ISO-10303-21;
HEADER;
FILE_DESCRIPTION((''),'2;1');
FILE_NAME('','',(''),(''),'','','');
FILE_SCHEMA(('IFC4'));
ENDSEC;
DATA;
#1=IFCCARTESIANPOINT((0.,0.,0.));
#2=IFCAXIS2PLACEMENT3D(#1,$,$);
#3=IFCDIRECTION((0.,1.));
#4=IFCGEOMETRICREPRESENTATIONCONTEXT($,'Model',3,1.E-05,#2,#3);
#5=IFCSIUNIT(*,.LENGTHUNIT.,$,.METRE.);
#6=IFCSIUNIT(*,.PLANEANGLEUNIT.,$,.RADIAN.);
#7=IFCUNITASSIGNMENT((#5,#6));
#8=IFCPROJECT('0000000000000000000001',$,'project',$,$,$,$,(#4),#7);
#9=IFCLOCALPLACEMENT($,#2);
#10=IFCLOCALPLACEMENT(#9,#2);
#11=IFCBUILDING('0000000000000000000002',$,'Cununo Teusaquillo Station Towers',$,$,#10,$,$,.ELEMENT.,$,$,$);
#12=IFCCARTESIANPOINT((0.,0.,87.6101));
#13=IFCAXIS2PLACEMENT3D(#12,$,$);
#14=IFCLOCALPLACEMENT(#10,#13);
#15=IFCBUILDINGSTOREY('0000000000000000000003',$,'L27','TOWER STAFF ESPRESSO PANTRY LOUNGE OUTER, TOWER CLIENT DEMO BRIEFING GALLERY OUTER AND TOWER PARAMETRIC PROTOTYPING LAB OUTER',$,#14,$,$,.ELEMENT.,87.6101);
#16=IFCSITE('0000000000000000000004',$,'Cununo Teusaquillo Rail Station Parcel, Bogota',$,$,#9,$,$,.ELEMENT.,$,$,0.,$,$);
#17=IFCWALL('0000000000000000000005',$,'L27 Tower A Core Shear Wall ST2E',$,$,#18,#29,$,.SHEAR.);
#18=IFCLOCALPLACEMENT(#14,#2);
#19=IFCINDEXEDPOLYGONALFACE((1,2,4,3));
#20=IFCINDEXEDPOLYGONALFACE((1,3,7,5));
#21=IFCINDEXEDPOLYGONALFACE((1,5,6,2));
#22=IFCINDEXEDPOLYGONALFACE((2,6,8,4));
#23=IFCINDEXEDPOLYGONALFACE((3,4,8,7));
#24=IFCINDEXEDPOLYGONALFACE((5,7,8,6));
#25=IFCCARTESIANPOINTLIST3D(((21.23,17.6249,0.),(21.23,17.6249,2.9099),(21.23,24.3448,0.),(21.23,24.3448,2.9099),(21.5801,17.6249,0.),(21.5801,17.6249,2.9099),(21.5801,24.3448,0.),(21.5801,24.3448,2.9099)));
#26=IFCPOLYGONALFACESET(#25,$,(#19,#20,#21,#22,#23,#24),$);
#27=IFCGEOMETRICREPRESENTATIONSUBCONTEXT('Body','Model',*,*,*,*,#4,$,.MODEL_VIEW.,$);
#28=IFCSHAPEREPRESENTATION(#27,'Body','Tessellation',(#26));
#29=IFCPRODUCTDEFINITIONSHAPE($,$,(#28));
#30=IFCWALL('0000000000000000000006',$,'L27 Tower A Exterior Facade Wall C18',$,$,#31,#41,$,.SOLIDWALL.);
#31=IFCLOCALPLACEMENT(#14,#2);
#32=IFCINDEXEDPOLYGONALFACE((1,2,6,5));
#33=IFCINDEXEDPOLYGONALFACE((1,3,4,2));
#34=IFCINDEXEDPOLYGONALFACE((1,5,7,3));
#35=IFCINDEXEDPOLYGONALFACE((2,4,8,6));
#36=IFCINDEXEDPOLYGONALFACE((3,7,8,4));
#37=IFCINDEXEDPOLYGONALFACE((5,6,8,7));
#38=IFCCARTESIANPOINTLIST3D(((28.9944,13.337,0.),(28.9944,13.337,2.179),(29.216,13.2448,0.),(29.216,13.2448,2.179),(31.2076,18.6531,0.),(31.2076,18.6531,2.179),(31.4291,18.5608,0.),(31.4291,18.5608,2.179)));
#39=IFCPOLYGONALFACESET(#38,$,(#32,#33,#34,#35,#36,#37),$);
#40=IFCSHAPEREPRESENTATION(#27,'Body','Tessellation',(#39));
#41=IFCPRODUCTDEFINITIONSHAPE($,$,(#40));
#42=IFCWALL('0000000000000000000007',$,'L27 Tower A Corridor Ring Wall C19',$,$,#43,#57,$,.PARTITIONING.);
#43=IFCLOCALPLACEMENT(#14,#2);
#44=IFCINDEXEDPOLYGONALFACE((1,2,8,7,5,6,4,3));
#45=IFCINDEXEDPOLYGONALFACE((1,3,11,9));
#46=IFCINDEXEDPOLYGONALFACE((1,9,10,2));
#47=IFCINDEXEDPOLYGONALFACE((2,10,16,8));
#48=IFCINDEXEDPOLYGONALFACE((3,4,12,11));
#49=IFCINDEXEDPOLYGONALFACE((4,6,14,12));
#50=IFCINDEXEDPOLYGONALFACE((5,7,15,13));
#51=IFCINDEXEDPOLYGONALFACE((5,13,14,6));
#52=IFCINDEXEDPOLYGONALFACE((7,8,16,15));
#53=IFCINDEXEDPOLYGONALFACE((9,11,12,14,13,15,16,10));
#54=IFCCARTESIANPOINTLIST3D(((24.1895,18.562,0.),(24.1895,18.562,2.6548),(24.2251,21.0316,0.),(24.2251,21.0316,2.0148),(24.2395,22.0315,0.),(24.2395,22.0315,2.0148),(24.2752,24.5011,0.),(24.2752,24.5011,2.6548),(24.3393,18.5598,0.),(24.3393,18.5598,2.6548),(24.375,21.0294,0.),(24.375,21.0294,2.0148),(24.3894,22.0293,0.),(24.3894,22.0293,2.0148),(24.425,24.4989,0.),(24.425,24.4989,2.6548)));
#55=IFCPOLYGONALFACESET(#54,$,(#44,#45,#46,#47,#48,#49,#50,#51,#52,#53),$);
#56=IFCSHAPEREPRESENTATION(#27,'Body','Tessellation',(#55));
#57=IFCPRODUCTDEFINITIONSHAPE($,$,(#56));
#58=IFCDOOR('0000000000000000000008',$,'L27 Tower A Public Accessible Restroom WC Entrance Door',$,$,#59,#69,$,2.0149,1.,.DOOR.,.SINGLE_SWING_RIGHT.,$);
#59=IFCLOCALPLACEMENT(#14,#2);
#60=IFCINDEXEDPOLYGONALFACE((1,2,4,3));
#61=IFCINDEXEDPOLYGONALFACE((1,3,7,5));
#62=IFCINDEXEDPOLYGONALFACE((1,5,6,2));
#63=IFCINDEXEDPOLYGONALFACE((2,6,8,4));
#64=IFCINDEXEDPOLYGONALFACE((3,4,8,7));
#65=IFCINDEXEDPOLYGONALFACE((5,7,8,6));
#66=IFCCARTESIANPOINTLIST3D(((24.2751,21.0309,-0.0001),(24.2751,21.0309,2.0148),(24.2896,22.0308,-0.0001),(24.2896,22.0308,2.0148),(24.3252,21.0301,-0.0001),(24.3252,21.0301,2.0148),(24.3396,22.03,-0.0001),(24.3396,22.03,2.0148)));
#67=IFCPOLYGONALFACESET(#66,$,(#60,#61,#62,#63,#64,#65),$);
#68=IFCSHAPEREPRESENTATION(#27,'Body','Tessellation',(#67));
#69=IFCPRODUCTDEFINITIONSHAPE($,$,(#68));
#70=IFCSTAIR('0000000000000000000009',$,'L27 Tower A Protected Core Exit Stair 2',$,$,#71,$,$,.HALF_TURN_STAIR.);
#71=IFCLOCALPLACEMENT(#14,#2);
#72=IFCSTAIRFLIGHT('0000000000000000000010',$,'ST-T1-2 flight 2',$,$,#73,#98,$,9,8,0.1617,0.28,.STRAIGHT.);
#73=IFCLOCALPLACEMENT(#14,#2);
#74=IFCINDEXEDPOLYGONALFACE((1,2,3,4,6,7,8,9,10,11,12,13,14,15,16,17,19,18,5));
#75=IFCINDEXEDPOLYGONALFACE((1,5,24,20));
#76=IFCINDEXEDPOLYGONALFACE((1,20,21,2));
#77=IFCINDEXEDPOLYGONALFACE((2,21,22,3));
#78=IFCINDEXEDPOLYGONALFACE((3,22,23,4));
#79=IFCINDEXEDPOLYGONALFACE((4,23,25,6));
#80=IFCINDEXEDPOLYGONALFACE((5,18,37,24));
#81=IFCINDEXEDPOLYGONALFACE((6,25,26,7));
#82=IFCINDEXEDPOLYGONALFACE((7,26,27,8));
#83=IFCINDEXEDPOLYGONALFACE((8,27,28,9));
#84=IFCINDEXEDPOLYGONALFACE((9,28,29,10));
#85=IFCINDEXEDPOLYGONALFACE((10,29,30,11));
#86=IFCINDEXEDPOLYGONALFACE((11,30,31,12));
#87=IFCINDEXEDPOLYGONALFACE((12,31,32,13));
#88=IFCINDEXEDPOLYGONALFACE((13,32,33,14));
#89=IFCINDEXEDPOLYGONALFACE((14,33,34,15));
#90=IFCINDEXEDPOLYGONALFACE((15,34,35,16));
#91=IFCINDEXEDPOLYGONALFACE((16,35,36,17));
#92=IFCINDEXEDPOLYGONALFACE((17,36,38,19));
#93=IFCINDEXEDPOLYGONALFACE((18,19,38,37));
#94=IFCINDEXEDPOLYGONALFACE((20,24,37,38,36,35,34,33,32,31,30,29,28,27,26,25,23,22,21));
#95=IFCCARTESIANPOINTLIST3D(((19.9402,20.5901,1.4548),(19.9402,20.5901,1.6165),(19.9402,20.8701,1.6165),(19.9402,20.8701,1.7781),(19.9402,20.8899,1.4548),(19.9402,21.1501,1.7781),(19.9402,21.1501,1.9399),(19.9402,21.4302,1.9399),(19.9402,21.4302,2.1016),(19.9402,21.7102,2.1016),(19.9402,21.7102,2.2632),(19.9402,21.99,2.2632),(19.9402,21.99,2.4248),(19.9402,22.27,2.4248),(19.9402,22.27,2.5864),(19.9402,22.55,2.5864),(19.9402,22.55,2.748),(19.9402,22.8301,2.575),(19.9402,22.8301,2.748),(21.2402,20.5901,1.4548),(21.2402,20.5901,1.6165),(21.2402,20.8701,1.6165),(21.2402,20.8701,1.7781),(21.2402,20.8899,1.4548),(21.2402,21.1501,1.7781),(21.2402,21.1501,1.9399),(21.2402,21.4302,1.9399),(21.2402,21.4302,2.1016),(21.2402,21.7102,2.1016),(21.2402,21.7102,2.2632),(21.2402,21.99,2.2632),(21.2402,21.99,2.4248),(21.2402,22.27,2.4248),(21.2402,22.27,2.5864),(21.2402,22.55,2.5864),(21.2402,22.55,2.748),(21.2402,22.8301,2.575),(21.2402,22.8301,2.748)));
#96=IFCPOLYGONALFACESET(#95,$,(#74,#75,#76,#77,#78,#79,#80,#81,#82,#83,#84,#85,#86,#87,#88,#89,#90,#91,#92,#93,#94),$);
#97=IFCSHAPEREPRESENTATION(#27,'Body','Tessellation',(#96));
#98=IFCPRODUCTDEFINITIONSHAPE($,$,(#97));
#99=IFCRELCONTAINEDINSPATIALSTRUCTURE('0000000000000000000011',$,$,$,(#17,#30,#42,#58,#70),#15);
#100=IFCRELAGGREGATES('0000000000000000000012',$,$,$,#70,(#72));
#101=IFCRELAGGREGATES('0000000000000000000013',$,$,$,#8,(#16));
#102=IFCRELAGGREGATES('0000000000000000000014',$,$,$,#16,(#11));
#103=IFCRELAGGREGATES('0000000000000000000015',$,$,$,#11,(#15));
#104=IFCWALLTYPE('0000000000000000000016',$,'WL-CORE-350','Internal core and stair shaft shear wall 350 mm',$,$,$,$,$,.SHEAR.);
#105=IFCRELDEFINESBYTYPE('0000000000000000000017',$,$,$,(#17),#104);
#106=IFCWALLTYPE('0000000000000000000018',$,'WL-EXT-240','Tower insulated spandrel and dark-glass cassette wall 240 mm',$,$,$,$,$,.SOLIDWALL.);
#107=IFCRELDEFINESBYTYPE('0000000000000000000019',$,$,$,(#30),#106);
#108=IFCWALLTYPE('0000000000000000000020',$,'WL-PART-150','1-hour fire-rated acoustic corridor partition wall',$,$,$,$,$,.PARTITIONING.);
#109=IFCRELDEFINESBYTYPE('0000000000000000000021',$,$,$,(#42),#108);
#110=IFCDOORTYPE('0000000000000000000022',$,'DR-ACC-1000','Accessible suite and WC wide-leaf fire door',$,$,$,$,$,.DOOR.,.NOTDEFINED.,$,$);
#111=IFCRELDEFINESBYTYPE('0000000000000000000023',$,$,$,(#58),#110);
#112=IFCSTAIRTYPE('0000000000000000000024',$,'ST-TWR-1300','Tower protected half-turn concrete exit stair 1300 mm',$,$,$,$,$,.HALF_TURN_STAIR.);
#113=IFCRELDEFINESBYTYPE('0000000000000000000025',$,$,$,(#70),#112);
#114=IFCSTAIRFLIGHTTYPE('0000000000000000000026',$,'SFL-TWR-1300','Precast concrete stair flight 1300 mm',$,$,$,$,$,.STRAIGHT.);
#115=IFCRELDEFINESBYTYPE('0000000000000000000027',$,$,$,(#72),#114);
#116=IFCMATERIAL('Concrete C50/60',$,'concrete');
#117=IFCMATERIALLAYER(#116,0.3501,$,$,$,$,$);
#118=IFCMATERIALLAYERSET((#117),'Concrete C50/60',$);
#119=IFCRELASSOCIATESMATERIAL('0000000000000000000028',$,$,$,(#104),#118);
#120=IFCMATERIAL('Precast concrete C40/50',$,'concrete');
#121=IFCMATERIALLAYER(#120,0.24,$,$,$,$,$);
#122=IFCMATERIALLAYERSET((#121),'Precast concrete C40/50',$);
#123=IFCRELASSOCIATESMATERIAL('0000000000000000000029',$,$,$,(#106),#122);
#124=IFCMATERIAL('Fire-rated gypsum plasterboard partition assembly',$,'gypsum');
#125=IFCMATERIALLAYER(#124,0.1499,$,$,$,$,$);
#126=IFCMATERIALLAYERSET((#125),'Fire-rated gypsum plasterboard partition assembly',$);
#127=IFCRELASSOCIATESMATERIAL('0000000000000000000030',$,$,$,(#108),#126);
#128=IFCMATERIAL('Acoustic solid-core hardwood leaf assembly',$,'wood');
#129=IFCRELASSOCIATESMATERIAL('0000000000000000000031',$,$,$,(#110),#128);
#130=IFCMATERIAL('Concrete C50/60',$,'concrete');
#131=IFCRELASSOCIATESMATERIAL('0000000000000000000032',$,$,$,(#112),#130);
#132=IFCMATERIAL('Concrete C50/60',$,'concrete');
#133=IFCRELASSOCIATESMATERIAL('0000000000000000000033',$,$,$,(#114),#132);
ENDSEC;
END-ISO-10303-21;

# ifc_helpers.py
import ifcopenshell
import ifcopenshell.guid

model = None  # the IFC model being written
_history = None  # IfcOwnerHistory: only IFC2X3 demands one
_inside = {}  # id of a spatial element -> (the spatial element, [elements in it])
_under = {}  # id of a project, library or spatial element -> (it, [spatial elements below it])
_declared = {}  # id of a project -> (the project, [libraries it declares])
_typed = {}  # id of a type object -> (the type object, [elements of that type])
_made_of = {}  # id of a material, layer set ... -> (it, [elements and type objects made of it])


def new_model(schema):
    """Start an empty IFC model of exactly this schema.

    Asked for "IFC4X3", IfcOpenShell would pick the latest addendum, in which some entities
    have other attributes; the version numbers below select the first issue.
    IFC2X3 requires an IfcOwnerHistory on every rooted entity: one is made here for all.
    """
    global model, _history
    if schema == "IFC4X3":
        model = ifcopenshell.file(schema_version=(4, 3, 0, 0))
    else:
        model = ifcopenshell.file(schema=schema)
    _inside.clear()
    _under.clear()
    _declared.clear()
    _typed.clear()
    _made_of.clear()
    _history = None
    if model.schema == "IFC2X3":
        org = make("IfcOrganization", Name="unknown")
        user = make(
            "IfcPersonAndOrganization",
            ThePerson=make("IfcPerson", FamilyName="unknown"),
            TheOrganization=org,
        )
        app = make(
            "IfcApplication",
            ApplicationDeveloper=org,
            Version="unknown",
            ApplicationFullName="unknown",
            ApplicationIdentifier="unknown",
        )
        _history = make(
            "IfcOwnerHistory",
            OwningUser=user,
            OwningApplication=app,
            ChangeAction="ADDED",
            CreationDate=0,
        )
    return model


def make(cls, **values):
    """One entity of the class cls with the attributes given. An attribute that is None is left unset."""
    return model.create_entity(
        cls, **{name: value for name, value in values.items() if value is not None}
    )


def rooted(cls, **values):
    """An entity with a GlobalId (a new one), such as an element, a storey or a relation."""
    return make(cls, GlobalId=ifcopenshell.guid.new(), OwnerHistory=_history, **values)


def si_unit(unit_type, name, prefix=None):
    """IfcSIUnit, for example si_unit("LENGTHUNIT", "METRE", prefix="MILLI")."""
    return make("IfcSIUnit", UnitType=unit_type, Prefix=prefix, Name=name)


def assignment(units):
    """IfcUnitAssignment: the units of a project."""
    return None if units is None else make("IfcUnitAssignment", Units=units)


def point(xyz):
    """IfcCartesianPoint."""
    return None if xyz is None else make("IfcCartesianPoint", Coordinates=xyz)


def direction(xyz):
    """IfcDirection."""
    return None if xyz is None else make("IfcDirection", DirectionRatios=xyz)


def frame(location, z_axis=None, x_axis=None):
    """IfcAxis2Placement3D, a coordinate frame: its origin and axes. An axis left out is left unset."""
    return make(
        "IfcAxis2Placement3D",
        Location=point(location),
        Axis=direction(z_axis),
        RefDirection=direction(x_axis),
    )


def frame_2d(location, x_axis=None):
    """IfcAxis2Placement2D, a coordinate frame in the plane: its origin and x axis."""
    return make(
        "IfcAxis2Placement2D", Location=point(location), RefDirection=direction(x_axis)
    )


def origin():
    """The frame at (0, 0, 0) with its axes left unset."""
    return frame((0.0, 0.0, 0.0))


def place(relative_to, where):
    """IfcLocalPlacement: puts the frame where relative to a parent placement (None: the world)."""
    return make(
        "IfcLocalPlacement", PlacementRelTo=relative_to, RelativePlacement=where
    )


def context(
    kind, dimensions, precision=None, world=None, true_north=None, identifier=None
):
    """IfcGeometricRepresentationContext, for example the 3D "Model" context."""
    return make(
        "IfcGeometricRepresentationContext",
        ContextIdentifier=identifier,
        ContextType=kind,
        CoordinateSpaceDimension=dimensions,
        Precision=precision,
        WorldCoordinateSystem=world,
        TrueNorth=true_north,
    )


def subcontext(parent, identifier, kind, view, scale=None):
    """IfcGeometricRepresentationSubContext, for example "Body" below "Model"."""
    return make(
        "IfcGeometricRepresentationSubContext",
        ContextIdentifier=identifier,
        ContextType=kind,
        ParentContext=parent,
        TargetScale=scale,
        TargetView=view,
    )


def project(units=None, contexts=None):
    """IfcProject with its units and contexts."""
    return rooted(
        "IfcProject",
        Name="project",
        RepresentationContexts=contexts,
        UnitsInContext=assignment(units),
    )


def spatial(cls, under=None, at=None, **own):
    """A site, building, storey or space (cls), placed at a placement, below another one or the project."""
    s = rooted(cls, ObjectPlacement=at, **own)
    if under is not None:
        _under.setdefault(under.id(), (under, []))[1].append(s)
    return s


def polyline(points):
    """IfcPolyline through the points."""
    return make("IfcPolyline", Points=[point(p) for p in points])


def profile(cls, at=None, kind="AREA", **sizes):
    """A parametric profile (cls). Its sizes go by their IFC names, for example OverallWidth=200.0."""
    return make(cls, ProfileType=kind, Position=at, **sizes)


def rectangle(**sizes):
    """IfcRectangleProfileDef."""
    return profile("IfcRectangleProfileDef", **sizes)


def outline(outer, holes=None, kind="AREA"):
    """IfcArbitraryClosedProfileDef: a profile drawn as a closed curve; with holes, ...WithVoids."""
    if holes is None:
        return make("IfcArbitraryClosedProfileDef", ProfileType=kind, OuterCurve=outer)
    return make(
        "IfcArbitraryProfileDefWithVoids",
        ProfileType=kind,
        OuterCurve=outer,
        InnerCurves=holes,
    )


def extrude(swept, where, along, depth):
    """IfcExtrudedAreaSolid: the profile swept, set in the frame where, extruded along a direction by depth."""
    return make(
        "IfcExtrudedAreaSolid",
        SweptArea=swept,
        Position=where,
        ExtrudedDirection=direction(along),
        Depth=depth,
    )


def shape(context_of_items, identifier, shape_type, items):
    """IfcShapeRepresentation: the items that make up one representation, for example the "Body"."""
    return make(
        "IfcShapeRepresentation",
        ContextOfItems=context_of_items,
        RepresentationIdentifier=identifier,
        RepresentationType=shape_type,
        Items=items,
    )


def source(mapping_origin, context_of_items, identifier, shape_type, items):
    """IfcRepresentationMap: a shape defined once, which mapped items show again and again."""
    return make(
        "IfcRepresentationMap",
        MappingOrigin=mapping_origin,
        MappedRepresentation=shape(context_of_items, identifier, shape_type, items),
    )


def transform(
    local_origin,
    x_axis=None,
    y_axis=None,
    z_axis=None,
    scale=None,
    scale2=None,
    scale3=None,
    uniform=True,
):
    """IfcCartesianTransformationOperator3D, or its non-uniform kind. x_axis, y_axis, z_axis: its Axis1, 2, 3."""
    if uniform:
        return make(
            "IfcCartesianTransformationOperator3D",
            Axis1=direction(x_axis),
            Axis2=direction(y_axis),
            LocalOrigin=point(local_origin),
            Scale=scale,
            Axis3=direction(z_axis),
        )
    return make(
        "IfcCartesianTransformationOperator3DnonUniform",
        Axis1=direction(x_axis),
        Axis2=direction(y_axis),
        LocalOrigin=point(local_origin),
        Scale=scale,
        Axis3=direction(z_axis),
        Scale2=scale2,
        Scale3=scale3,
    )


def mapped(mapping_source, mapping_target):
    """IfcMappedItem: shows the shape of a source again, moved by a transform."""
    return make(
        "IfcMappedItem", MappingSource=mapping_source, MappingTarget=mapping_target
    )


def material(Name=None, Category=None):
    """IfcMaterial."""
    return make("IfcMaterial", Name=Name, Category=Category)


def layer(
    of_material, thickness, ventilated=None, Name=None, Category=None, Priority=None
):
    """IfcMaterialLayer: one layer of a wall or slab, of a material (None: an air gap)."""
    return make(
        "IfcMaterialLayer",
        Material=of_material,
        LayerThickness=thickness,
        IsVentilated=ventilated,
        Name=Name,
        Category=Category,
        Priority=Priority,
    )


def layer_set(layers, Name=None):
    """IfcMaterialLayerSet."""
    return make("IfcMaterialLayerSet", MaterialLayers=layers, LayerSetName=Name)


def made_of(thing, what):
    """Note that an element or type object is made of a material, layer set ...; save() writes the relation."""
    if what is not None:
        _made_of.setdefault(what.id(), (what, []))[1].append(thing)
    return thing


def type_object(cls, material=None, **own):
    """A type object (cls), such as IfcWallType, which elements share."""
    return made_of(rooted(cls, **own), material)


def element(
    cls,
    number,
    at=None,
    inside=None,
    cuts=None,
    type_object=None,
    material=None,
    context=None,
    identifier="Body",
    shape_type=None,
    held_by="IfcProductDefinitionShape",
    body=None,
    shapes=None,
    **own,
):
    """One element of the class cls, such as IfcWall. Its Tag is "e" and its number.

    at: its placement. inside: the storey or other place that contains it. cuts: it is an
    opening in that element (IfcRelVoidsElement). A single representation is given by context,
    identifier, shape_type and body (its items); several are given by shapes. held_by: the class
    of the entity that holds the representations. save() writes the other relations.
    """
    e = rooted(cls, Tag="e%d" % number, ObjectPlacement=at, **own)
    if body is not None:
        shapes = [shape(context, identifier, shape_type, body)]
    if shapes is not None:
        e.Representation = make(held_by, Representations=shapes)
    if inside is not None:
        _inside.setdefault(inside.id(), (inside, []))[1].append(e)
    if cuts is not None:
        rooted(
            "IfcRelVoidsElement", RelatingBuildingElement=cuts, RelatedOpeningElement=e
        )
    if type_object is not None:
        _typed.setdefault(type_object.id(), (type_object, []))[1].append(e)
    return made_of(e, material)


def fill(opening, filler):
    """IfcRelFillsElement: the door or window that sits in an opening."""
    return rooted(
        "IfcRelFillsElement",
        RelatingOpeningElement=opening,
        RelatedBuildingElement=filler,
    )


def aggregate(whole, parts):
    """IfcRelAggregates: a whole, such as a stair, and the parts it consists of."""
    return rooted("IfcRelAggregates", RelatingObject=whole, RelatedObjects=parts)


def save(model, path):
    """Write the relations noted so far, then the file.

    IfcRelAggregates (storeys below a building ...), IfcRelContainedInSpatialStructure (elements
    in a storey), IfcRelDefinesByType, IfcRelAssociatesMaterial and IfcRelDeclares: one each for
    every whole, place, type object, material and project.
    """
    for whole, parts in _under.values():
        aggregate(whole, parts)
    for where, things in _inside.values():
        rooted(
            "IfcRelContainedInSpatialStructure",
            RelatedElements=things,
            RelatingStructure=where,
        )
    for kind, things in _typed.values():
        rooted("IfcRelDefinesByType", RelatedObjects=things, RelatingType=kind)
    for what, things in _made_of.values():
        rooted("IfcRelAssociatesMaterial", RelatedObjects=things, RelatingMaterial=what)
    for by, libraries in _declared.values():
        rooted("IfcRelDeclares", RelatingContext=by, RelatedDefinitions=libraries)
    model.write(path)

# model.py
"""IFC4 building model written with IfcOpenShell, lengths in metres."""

from ifc_helpers import new_model, si_unit, direction, frame, frame_2d, origin, place, context, subcontext, project, spatial, polyline, rectangle, outline, extrude, source, transform, mapped, material, layer, layer_set, type_object, element, fill, aggregate, save


model = new_model("IFC4")

# Units and contexts
model_context = context("Model", 3, precision=1e-05, world=origin(), true_north=direction((0.0, 1.0)))
body_context = subcontext(model_context, "Body", "Model", "MODEL_VIEW")
ifc_project = project(units=[si_unit("LENGTHUNIT", "METRE"), si_unit("PLANEANGLEUNIT", "RADIAN")], contexts=[model_context])

# Site, building, storey
site_placement = place(None, origin())
site = spatial("IfcSite", under=ifc_project, at=site_placement, Name="Cununo Teusaquillo Rail Station Parcel, Bogota", CompositionType="ELEMENT", RefElevation=0.0)
building_placement = place(site_placement, origin())
building = spatial("IfcBuilding", under=site, at=building_placement, Name="Cununo Teusaquillo Station Towers", CompositionType="ELEMENT")
storey_placement = place(building_placement, frame((0.0, 0.0, 87.6101)))
storey = spatial("IfcBuildingStorey", under=building, at=storey_placement, Name="L27", Description="TOWER STAFF ESPRESSO PANTRY LOUNGE OUTER, TOWER CLIENT DEMO BRIEFING GALLERY OUTER AND TOWER PARAMETRIC PROTOTYPING LAB OUTER", CompositionType="ELEMENT", Elevation=87.6101)

# Walls
ifc_material_1 = material(Name="Concrete C50/60", Category="concrete")
ifc_layer_1 = layer(ifc_material_1, 0.3501)
ifc_layer_set_1 = layer_set([ifc_layer_1], Name="Concrete C50/60")
wall_type_1 = type_object("IfcWallType", Name="WL-CORE-350", Description="Internal core and stair shaft shear wall 350 mm", PredefinedType="SHEAR", material=ifc_layer_set_1)
wall_1_placement = place(storey_placement, frame((21.405, 17.625, 0.0), z_axis=(0.0, 0.0, 1.0), x_axis=(0.0, 1.0, 0.0)))
element("IfcWall", 1, at=wall_1_placement, inside=storey, type_object=wall_type_1, Name="L27 Tower A Core Shear Wall ST2E", PredefinedType="SHEAR", context=body_context, shape_type="SweptSolid", body=[
    extrude(rectangle(XDim=6.72, YDim=0.3501, at=frame_2d((3.3599, 0.0))), origin(), (0.0, 0.0, 1.0), 2.9099),
])
ifc_material_2 = material(Name="Precast concrete C40/50", Category="concrete")
ifc_layer_2 = layer(ifc_material_2, 0.24)
ifc_layer_set_2 = layer_set([ifc_layer_2], Name="Precast concrete C40/50")
wall_type_2 = type_object("IfcWallType", Name="WL-EXT-240", Description="Tower insulated spandrel and dark-glass cassette wall 240 mm", PredefinedType="SOLIDWALL", material=ifc_layer_set_2)
wall_2_placement = place(storey_placement, frame((31.3184, 18.6069, 0.0), z_axis=(0.0, 0.0, 1.0), x_axis=(-0.384344, -0.92319, 0.0)))
element("IfcWall", 2, at=wall_2_placement, inside=storey, type_object=wall_type_2, Name="L27 Tower A Exterior Facade Wall C18", PredefinedType="SOLIDWALL", context=body_context, shape_type="SweptSolid", body=[
    extrude(rectangle(XDim=5.7583, YDim=0.24, at=frame_2d((2.8792, 0.0))), origin(), (0.0, 0.0, 1.0), 2.179),
])

# Wall, opening, door
ifc_material_3 = material(Name="Fire-rated gypsum plasterboard partition assembly", Category="gypsum")
ifc_layer_3 = layer(ifc_material_3, 0.1499)
ifc_layer_set_3 = layer_set([ifc_layer_3], Name="Fire-rated gypsum plasterboard partition assembly")
wall_type_3 = type_object("IfcWallType", Name="WL-PART-150", Description="1-hour fire-rated acoustic corridor partition wall", PredefinedType="PARTITIONING", material=ifc_layer_set_3)
wall_3_placement = place(storey_placement, frame((24.2644, 18.561, 0.0), z_axis=(0.0, 0.0, 1.0), x_axis=(0.014428, 0.999896, 0.0)))
wall_3 = element("IfcWall", 3, at=wall_3_placement, inside=storey, type_object=wall_type_3, Name="L27 Tower A Corridor Ring Wall C19", PredefinedType="PARTITIONING", context=body_context, shape_type="SweptSolid", body=[
    extrude(rectangle(XDim=5.9397, YDim=0.1499, at=frame_2d((2.9697, 0.0))), origin(), (0.0, 0.0, 1.0), 2.6548),
])
shared_shape_1 = source(origin(), body_context, "Body", "SweptSolid", [
    extrude(rectangle(XDim=1.0, YDim=2.0149, at=frame_2d((0.5, 1.0073))), frame((0.0, 0.085, 0.0), z_axis=(0.0, -1.0, 0.0), x_axis=(1.0, 0.0, 0.0)), (0.0, 0.0, 1.0), 0.1699),
])
opening_placement = place(wall_3_placement, frame((2.4697, 0.0, 0.0)))
opening = element("IfcOpeningElement", 4, at=opening_placement, cuts=wall_3, PredefinedType="OPENING", context=body_context, shape_type="MappedRepresentation", body=[
    mapped(shared_shape_1, transform((0.0, 0.0, 0.0), x_axis=(1.0, 0.0, 0.0), y_axis=(0.0, 1.0, 0.0), z_axis=(0.0, 0.0, 1.0), scale=1.0)),
])
ifc_material_4 = material(Name="Acoustic solid-core hardwood leaf assembly", Category="wood")
door_type = type_object("IfcDoorType", Name="DR-ACC-1000", Description="Accessible suite and WC wide-leaf fire door", OperationType="NOTDEFINED", PredefinedType="DOOR", material=ifc_material_4)
shared_shape_2 = source(origin(), body_context, "Body", "SweptSolid", [
    extrude(rectangle(XDim=1.0, YDim=2.0149, at=frame_2d((0.5, 1.0073))), frame((0.0, 0.0249, 0.0), z_axis=(0.0, -1.0, 0.0), x_axis=(1.0, 0.0, 0.0)), (0.0, 0.0, 1.0), 0.05),
])
door_placement = place(opening_placement, origin())
door = element("IfcDoor", 5, at=door_placement, inside=storey, type_object=door_type, Name="L27 Tower A Public Accessible Restroom WC Entrance Door", OperationType="SINGLE_SWING_RIGHT", OverallHeight=2.0149, OverallWidth=1.0, PredefinedType="DOOR", context=body_context, shape_type="MappedRepresentation", body=[
    mapped(shared_shape_2, transform((0.0, 0.0, 0.0), x_axis=(1.0, 0.0, 0.0), y_axis=(0.0, 1.0, 0.0), z_axis=(0.0, 0.0, 1.0), scale=1.0)),
])
fill(opening, door)

# Stair, stair flight
ifc_material_5 = material(Name="Concrete C50/60", Category="concrete")
stair_type = type_object("IfcStairType", Name="ST-TWR-1300", Description="Tower protected half-turn concrete exit stair 1300 mm", PredefinedType="HALF_TURN_STAIR", material=ifc_material_5)
stair_placement = place(storey_placement, origin())
stair = element("IfcStair", 6, at=stair_placement, inside=storey, type_object=stair_type, Name="L27 Tower A Protected Core Exit Stair 2", PredefinedType="HALF_TURN_STAIR")
ifc_material_6 = material(Name="Concrete C50/60", Category="concrete")
stair_flight_type = type_object("IfcStairFlightType", Name="SFL-TWR-1300", Description="Precast concrete stair flight 1300 mm", PredefinedType="STRAIGHT", material=ifc_material_6)
stair_flight_placement = place(storey_placement, frame((20.5901, 20.5901, 1.4548), z_axis=(0.0, 0.0, 1.0), x_axis=(0.0, 1.0, 0.0)))
stair_flight = element("IfcStairFlight", 7, at=stair_flight_placement, type_object=stair_flight_type, Name="ST-T1-2 flight 2", NumberOfRisers=9, NumberOfTreads=8, PredefinedType="STRAIGHT", RiserHeight=0.1617, TreadLength=0.28, context=body_context, shape_type="SweptSolid", body=[
    extrude(outline(polyline([(0.0, 0.0), (0.0, 0.1616), (0.28, 0.1616), (0.28, 0.3232), (0.5601, 0.3232), (0.5601, 0.4851), (0.8401, 0.4851), (0.8401, 0.6467), (1.1201, 0.6467), (1.1201, 0.8083), (1.3999, 0.8083), (1.3999, 0.97), (1.6799, 0.97), (1.6799, 1.1316), (1.96, 1.1316), (1.96, 1.2932), (2.24, 1.2932), (2.24, 1.4551), (2.24, 1.1201), (0.2998, 0.0), (0.0, 0.0)])), frame((0.0, 0.6499, 0.0), z_axis=(0.0, -1.0, 0.0), x_axis=(1.0, 0.0, 0.0)), (0.0, 0.0, 1.0), 1.3),
])
aggregate(stair, [stair_flight])

save(model, "model.ifc")
